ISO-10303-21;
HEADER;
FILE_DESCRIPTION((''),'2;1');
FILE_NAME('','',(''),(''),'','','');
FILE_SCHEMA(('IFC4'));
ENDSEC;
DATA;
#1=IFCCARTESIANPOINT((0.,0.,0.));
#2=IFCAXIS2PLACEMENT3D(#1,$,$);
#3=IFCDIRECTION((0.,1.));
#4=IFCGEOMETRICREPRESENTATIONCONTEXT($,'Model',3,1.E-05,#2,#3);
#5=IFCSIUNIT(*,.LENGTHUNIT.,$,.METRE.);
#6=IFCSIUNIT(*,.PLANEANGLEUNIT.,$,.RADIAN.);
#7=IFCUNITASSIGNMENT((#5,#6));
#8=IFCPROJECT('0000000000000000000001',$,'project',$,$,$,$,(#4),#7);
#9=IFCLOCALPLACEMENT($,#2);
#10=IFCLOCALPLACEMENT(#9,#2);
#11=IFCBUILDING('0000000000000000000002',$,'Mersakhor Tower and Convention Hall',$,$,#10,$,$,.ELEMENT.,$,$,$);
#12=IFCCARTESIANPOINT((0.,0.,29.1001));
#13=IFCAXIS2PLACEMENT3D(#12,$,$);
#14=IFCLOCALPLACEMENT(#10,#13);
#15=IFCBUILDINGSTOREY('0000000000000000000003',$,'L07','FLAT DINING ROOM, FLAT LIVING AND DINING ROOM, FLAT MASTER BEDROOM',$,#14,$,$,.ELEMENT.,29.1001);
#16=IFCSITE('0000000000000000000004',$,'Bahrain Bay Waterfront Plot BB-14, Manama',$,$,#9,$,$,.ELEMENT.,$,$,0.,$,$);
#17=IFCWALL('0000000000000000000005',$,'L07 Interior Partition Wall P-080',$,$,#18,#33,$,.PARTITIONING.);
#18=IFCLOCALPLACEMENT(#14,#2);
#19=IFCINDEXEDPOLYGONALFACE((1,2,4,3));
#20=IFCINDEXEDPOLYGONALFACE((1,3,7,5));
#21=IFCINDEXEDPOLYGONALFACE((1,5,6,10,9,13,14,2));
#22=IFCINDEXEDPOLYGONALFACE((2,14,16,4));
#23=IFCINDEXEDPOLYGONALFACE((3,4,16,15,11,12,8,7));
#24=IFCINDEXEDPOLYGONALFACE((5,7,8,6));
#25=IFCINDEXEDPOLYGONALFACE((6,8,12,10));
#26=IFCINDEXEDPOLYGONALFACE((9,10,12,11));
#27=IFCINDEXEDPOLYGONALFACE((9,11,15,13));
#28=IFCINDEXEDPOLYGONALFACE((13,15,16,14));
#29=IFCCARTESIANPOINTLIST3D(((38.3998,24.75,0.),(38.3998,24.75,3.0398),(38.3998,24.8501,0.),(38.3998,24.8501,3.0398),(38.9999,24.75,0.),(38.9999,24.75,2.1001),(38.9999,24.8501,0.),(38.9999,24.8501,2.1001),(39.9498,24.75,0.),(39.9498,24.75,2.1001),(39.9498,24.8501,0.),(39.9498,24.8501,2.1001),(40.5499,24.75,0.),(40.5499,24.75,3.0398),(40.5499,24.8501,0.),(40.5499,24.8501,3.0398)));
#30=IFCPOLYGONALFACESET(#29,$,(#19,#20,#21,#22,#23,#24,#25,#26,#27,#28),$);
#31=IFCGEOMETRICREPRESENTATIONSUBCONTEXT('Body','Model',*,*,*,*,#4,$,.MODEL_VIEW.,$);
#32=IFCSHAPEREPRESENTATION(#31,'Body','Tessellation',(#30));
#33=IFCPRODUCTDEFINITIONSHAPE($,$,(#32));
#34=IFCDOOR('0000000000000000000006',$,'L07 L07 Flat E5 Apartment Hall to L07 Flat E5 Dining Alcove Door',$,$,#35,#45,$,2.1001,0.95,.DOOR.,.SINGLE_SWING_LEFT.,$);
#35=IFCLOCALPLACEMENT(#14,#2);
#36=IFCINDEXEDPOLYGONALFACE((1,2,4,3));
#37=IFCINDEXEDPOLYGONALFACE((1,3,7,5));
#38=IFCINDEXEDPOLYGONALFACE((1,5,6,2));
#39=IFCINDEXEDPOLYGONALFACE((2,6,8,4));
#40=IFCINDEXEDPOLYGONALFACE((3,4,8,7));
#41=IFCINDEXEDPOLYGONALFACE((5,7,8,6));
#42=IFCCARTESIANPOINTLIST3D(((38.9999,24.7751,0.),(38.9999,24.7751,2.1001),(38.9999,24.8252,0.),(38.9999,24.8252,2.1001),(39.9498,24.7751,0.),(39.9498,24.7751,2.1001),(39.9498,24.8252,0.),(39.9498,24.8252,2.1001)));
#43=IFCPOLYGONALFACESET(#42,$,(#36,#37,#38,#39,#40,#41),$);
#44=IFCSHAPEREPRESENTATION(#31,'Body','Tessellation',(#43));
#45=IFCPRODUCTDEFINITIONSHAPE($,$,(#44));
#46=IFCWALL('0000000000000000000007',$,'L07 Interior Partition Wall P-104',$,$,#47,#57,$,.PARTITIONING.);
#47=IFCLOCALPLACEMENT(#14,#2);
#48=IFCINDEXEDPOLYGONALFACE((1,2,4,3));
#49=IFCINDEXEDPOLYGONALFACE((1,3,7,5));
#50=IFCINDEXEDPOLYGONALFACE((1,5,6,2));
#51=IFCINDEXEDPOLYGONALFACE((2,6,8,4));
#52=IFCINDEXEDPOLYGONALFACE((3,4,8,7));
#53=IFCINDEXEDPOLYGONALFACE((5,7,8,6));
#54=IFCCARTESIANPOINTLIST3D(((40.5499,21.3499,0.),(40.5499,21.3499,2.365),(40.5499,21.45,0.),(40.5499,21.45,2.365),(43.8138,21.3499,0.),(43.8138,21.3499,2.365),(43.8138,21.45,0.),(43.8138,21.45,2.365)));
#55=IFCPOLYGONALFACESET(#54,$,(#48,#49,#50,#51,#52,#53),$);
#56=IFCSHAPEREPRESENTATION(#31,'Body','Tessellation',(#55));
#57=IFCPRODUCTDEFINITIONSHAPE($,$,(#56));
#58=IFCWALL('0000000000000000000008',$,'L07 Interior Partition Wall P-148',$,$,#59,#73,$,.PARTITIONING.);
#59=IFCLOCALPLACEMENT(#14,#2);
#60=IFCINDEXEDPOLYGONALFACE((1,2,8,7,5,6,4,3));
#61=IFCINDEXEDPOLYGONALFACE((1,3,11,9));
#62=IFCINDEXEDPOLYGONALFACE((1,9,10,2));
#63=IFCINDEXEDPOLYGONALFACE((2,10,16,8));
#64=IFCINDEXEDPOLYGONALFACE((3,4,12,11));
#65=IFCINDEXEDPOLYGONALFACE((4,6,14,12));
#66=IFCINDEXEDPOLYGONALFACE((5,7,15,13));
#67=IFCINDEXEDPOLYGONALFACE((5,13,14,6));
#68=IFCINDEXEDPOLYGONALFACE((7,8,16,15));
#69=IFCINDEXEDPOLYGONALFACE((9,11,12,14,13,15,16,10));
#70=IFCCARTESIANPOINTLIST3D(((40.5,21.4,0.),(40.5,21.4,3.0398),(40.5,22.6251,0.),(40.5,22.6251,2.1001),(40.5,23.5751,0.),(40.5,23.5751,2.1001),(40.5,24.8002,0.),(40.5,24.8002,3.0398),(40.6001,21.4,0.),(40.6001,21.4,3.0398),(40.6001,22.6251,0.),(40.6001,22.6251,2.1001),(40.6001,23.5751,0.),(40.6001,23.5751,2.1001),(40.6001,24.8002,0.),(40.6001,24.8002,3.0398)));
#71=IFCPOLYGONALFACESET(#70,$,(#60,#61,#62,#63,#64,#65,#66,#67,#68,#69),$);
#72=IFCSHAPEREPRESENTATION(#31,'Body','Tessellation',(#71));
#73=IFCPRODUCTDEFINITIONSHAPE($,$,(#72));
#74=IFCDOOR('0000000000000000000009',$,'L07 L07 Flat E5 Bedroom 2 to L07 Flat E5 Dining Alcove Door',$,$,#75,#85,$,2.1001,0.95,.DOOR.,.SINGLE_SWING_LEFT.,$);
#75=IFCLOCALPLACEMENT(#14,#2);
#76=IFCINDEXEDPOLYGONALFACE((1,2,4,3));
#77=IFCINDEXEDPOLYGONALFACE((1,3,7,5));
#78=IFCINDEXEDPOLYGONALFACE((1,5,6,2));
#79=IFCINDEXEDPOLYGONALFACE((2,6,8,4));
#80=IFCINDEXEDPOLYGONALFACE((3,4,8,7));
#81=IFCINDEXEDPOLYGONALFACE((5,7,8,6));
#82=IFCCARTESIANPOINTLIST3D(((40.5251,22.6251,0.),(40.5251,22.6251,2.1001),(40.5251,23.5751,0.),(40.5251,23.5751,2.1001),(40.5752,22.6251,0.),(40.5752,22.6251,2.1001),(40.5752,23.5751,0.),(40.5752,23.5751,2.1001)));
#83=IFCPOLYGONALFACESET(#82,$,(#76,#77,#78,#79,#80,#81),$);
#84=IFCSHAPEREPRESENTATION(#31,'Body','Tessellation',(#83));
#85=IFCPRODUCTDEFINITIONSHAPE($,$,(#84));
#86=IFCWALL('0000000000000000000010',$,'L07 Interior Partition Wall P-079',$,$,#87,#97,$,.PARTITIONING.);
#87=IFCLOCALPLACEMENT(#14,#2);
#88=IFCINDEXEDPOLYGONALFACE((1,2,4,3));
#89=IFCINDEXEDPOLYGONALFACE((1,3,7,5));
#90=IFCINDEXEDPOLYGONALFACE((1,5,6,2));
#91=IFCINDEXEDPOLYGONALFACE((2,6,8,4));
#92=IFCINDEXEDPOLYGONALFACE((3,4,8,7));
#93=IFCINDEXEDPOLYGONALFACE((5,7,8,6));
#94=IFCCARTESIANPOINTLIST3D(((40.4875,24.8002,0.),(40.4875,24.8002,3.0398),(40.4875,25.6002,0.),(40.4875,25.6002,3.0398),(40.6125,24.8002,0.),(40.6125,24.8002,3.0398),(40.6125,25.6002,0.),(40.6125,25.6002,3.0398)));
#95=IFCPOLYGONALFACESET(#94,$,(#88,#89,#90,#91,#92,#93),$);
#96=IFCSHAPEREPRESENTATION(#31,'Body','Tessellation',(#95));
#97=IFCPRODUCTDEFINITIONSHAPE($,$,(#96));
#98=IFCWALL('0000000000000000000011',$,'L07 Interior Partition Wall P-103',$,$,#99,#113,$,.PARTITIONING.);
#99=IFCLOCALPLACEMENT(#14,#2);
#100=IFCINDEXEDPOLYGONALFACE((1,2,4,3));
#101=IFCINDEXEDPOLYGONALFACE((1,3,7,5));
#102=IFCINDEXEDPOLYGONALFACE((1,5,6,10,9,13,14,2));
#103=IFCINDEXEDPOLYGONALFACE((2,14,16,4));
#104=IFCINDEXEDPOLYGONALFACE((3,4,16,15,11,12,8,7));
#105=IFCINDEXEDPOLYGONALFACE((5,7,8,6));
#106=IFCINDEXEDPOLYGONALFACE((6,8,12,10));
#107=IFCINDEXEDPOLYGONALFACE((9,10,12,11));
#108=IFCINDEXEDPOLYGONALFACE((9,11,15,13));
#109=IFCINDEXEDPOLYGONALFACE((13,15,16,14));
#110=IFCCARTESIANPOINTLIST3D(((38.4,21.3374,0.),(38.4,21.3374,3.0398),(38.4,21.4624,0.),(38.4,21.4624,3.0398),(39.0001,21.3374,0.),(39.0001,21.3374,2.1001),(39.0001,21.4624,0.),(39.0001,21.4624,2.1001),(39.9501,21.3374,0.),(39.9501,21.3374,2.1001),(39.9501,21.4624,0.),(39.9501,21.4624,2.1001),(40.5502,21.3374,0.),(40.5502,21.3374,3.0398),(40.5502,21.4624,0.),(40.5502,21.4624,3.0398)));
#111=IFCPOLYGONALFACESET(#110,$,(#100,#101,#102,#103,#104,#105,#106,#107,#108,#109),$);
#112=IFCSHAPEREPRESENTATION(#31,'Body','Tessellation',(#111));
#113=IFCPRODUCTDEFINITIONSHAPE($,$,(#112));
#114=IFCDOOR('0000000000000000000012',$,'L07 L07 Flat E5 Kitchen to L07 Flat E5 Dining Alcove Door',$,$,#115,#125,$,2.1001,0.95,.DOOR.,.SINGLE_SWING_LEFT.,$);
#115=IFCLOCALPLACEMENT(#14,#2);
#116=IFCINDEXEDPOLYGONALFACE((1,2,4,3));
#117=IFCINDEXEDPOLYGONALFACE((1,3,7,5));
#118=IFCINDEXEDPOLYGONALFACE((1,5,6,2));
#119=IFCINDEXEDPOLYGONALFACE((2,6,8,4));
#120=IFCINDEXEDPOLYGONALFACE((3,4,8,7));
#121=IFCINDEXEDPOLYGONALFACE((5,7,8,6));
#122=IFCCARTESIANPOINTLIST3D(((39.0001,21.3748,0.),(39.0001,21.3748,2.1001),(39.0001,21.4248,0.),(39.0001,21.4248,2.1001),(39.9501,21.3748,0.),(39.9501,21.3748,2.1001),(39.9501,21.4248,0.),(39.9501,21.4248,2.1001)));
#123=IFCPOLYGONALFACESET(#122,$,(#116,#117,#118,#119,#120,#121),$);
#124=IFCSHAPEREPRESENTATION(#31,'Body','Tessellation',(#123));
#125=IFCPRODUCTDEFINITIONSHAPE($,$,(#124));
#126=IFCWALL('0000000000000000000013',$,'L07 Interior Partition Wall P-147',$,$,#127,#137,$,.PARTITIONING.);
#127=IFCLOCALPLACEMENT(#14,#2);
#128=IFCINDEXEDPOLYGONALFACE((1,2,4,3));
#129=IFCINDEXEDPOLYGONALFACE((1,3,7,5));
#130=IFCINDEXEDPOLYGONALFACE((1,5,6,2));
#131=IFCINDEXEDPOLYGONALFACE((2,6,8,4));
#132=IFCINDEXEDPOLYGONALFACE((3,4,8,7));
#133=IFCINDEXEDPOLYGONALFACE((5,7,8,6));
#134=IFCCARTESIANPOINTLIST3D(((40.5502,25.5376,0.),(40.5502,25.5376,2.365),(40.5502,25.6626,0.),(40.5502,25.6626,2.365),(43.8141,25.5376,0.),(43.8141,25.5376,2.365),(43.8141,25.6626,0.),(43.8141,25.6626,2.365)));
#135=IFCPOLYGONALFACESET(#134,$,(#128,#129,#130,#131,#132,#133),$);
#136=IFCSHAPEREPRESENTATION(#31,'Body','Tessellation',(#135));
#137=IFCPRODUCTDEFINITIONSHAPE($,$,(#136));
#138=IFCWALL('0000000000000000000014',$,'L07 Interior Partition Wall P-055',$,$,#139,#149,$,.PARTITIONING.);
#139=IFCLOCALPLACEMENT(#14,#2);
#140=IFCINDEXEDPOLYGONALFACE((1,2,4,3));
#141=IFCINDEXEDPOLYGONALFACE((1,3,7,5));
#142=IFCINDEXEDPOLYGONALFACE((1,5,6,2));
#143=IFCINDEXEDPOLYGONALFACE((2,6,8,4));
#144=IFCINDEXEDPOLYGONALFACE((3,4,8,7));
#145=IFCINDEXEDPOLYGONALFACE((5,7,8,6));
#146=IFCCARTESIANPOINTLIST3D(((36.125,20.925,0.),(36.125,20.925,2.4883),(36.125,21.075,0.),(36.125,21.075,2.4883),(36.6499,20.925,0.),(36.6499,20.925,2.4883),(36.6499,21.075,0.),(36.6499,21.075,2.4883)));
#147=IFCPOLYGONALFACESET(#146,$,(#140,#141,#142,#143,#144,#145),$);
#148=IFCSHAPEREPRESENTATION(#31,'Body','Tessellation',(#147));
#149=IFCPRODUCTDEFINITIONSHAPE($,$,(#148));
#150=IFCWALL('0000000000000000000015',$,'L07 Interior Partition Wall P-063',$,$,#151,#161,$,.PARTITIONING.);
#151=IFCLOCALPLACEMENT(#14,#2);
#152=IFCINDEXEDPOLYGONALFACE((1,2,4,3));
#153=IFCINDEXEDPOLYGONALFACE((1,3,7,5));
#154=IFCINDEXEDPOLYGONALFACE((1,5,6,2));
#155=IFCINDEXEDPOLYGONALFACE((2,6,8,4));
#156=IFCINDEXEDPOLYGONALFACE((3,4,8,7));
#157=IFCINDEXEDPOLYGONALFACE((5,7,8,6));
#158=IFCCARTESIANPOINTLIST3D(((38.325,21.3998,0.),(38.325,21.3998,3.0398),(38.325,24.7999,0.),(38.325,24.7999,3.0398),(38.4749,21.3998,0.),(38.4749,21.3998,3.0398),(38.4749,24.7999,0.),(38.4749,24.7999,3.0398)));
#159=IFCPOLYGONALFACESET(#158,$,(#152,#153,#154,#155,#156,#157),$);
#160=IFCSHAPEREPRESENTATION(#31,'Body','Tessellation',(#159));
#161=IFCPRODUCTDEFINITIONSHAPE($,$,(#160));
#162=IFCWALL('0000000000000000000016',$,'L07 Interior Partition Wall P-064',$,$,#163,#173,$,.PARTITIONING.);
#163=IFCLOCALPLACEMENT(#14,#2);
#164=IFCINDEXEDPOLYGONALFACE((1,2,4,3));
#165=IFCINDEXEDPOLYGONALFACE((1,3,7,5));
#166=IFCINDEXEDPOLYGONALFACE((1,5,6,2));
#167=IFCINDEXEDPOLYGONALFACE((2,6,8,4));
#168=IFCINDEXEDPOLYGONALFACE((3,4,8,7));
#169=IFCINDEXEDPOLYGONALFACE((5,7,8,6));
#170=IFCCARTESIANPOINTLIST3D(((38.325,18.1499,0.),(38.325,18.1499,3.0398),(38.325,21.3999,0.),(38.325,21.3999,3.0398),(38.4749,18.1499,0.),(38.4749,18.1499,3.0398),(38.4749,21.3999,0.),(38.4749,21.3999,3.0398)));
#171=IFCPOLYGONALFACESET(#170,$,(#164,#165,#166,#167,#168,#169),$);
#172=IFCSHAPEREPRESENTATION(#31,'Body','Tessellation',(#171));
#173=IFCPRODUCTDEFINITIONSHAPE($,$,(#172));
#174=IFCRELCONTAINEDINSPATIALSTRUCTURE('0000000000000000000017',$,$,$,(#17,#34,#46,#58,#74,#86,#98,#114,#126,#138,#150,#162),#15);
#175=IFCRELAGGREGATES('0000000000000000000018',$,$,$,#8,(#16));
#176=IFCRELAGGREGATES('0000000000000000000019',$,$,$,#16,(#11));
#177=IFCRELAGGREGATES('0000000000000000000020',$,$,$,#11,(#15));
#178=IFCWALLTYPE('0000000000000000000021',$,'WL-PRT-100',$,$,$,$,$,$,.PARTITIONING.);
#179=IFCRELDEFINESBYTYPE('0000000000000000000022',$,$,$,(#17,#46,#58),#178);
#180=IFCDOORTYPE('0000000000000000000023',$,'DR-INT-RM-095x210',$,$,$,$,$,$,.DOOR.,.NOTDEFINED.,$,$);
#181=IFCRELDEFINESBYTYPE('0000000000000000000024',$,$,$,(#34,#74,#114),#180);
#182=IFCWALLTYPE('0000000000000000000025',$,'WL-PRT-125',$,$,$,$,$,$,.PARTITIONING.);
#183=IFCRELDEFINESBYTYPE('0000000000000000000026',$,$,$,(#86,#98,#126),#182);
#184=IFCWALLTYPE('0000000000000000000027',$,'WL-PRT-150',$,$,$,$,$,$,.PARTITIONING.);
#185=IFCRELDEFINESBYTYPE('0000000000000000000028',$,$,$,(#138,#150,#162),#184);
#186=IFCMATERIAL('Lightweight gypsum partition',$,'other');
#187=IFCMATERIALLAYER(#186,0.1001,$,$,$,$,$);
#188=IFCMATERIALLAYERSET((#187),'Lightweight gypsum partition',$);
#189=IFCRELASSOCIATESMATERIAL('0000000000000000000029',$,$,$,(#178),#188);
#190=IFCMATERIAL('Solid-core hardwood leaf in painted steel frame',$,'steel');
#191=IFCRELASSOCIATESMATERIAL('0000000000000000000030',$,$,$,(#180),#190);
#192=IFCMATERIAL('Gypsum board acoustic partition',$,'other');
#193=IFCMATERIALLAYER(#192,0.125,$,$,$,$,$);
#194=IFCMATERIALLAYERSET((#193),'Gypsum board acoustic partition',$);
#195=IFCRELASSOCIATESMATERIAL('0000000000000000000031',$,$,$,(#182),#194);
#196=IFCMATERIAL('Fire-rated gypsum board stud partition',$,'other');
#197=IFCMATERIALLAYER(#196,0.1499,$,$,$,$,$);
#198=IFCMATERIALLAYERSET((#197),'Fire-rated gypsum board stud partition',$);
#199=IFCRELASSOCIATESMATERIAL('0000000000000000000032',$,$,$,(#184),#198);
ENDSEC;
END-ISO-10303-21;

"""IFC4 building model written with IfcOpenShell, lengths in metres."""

from ifc_helpers import new_model, si_unit, direction, frame, frame_2d, origin, place, context, subcontext, project, spatial, rectangle, extrude, material, layer, layer_set, type_object, element, fill, save


model = new_model("IFC4")

# Units and contexts
model_context = context("Model", 3, precision=1e-05, world=origin(), true_north=direction((0.0, 1.0)))
body_context = subcontext(model_context, "Body", "Model", "MODEL_VIEW")
ifc_project = project(units=[si_unit("LENGTHUNIT", "METRE"), si_unit("PLANEANGLEUNIT", "RADIAN")], contexts=[model_context])

# Site, building, storey
site_placement = place(None, origin())
site = spatial("IfcSite", under=ifc_project, at=site_placement, Name="Bahrain Bay Waterfront Plot BB-14, Manama", CompositionType="ELEMENT", RefElevation=0.0)
building_placement = place(site_placement, origin())
building = spatial("IfcBuilding", under=site, at=building_placement, Name="Mersakhor Tower and Convention Hall", CompositionType="ELEMENT")
storey_placement = place(building_placement, frame((0.0, 0.0, 29.1001)))
storey = spatial("IfcBuildingStorey", under=building, at=storey_placement, Name="L07", Description="FLAT DINING ROOM, FLAT LIVING AND DINING ROOM, FLAT MASTER BEDROOM", CompositionType="ELEMENT", Elevation=29.1001)

# Wall, opening, door
ifc_material_1 = material(Name="Lightweight gypsum partition", Category="other")
ifc_layer_1 = layer(ifc_material_1, 0.1001)
ifc_layer_set_1 = layer_set([ifc_layer_1], Name="Lightweight gypsum partition")
wall_type_1 = type_object("IfcWallType", Name="WL-PRT-100", PredefinedType="PARTITIONING", material=ifc_layer_set_1)
wall_1_placement = place(storey_placement, frame((40.55, 24.8, 0.0), z_axis=(0.0, 0.0, 1.0), x_axis=(-1.0, 0.0, 0.0)))
wall_1 = element("IfcWall", 1, at=wall_1_placement, inside=storey, type_object=wall_type_1, Name="L07 Interior Partition Wall P-080", PredefinedType="PARTITIONING", context=body_context, shape_type="SweptSolid", body=[
    extrude(rectangle(XDim=2.1501, YDim=0.1001, at=frame_2d((1.0752, 0.0))), origin(), (0.0, 0.0, 1.0), 3.0398),
])
opening_1_placement = place(wall_1_placement, frame((0.6001, 0.0, 0.0)))
opening_1 = element("IfcOpeningElement", 2, at=opening_1_placement, cuts=wall_1, PredefinedType="OPENING", context=body_context, shape_type="SweptSolid", body=[
    extrude(rectangle(XDim=0.95, YDim=2.1001, at=frame_2d((0.4751, 1.05))), frame((0.0, 0.0601, 0.0), z_axis=(0.0, -1.0, 0.0), x_axis=(1.0, 0.0, 0.0)), (0.0, 0.0, 1.0), 0.1201),
])
ifc_material_2 = material(Name="Solid-core hardwood leaf in painted steel frame", Category="steel")
door_type = type_object("IfcDoorType", Name="DR-INT-RM-095x210", OperationType="NOTDEFINED", PredefinedType="DOOR", material=ifc_material_2)
door_1_placement = place(opening_1_placement, origin())
door_1 = element("IfcDoor", 3, at=door_1_placement, inside=storey, type_object=door_type, Name="L07 L07 Flat E5 Apartment Hall to L07 Flat E5 Dining Alcove Door", OperationType="SINGLE_SWING_LEFT", OverallHeight=2.1001, OverallWidth=0.95, PredefinedType="DOOR", context=body_context, shape_type="SweptSolid", body=[
    extrude(rectangle(XDim=0.95, YDim=2.1001, at=frame_2d((0.4751, 1.05))), frame((0.0, 0.0249, 0.0), z_axis=(0.0, -1.0, 0.0), x_axis=(1.0, 0.0, 0.0)), (0.0, 0.0, 1.0), 0.05),
])
fill(opening_1, door_1)

# Wall
wall_2_placement = place(storey_placement, frame((40.55, 21.3999, 0.0), z_axis=(0.0, 0.0, 1.0), x_axis=(1.0, 0.0, 0.0)))
element("IfcWall", 4, at=wall_2_placement, inside=storey, type_object=wall_type_1, Name="L07 Interior Partition Wall P-104", PredefinedType="PARTITIONING", context=body_context, shape_type="SweptSolid", body=[
    extrude(rectangle(XDim=3.2639, YDim=0.1001, at=frame_2d((1.6318, 0.0))), origin(), (0.0, 0.0, 1.0), 2.365),
])

# Wall, opening, door
wall_3_placement = place(storey_placement, frame((40.55, 21.3999, 0.0), z_axis=(0.0, 0.0, 1.0), x_axis=(0.0, 1.0, 0.0)))
wall_3 = element("IfcWall", 5, at=wall_3_placement, inside=storey, type_object=wall_type_1, Name="L07 Interior Partition Wall P-148", PredefinedType="PARTITIONING", context=body_context, shape_type="SweptSolid", body=[
    extrude(rectangle(XDim=3.4001, YDim=0.1001, at=frame_2d((1.7002, 0.0))), origin(), (0.0, 0.0, 1.0), 3.0398),
])
opening_2_placement = place(wall_3_placement, frame((1.2251, 0.0, 0.0)))
opening_2 = element("IfcOpeningElement", 6, at=opening_2_placement, cuts=wall_3, PredefinedType="OPENING", context=body_context, shape_type="SweptSolid", body=[
    extrude(rectangle(XDim=0.95, YDim=2.1001, at=frame_2d((0.4751, 1.05))), frame((0.0, 0.0601, 0.0), z_axis=(0.0, -1.0, 0.0), x_axis=(1.0, 0.0, 0.0)), (0.0, 0.0, 1.0), 0.1201),
])
door_2_placement = place(opening_2_placement, origin())
door_2 = element("IfcDoor", 7, at=door_2_placement, inside=storey, type_object=door_type, Name="L07 L07 Flat E5 Bedroom 2 to L07 Flat E5 Dining Alcove Door", OperationType="SINGLE_SWING_LEFT", OverallHeight=2.1001, OverallWidth=0.95, PredefinedType="DOOR", context=body_context, shape_type="SweptSolid", body=[
    extrude(rectangle(XDim=0.95, YDim=2.1001, at=frame_2d((0.4751, 1.05))), frame((0.0, 0.0249, 0.0), z_axis=(0.0, -1.0, 0.0), x_axis=(1.0, 0.0, 0.0)), (0.0, 0.0, 1.0), 0.05),
])
fill(opening_2, door_2)

# Wall
ifc_material_3 = material(Name="Gypsum board acoustic partition", Category="other")
ifc_layer_2 = layer(ifc_material_3, 0.125)
ifc_layer_set_2 = layer_set([ifc_layer_2], Name="Gypsum board acoustic partition")
wall_type_2 = type_object("IfcWallType", Name="WL-PRT-125", PredefinedType="PARTITIONING", material=ifc_layer_set_2)
wall_4_placement = place(storey_placement, frame((40.55, 25.6001, 0.0), z_axis=(0.0, 0.0, 1.0), x_axis=(0.0, -1.0, 0.0)))
element("IfcWall", 8, at=wall_4_placement, inside=storey, type_object=wall_type_2, Name="L07 Interior Partition Wall P-079", PredefinedType="PARTITIONING", context=body_context, shape_type="SweptSolid", body=[
    extrude(rectangle(XDim=0.8, YDim=0.125, at=frame_2d((0.3999, 0.0))), origin(), (0.0, 0.0, 1.0), 3.0398),
])

# Wall, opening, door
wall_5_placement = place(storey_placement, frame((38.3999, 21.3999, 0.0), z_axis=(0.0, 0.0, 1.0), x_axis=(1.0, 0.0, 0.0)))
wall_5 = element("IfcWall", 9, at=wall_5_placement, inside=storey, type_object=wall_type_2, Name="L07 Interior Partition Wall P-103", PredefinedType="PARTITIONING", context=body_context, shape_type="SweptSolid", body=[
    extrude(rectangle(XDim=2.1501, YDim=0.125, at=frame_2d((1.0752, 0.0))), origin(), (0.0, 0.0, 1.0), 3.0398),
])
opening_3_placement = place(wall_5_placement, frame((0.6001, 0.0, 0.0)))
opening_3 = element("IfcOpeningElement", 10, at=opening_3_placement, cuts=wall_5, PredefinedType="OPENING", context=body_context, shape_type="SweptSolid", body=[
    extrude(rectangle(XDim=0.95, YDim=2.1001, at=frame_2d((0.4751, 1.05))), frame((0.0, 0.0725, 0.0), z_axis=(0.0, -1.0, 0.0), x_axis=(1.0, 0.0, 0.0)), (0.0, 0.0, 1.0), 0.145),
])
door_3_placement = place(opening_3_placement, origin())
door_3 = element("IfcDoor", 11, at=door_3_placement, inside=storey, type_object=door_type, Name="L07 L07 Flat E5 Kitchen to L07 Flat E5 Dining Alcove Door", OperationType="SINGLE_SWING_LEFT", OverallHeight=2.1001, OverallWidth=0.95, PredefinedType="DOOR", context=body_context, shape_type="SweptSolid", body=[
    extrude(rectangle(XDim=0.95, YDim=2.1001, at=frame_2d((0.4751, 1.05))), frame((0.0, 0.0249, 0.0), z_axis=(0.0, -1.0, 0.0), x_axis=(1.0, 0.0, 0.0)), (0.0, 0.0, 1.0), 0.05),
])
fill(opening_3, door_3)

# Walls
wall_6_placement = place(storey_placement, frame((43.814, 25.6001, 0.0), z_axis=(0.0, 0.0, 1.0), x_axis=(-1.0, 0.0, 0.0)))
element("IfcWall", 12, at=wall_6_placement, inside=storey, type_object=wall_type_2, Name="L07 Interior Partition Wall P-147", PredefinedType="PARTITIONING", context=body_context, shape_type="SweptSolid", body=[
    extrude(rectangle(XDim=3.2639, YDim=0.125, at=frame_2d((1.6318, 0.0))), origin(), (0.0, 0.0, 1.0), 2.365),
])
ifc_material_4 = material(Name="Fire-rated gypsum board stud partition", Category="other")
ifc_layer_3 = layer(ifc_material_4, 0.1499)
ifc_layer_set_3 = layer_set([ifc_layer_3], Name="Fire-rated gypsum board stud partition")
wall_type_3 = type_object("IfcWallType", Name="WL-PRT-150", PredefinedType="PARTITIONING", material=ifc_layer_set_3)
wall_7_placement = place(storey_placement, frame((36.6499, 21.0, 0.0), z_axis=(0.0, 0.0, 1.0), x_axis=(-1.0, 0.0, 0.0)))
element("IfcWall", 13, at=wall_7_placement, inside=storey, type_object=wall_type_3, Name="L07 Interior Partition Wall P-055", PredefinedType="PARTITIONING", context=body_context, shape_type="SweptSolid", body=[
    extrude(rectangle(XDim=0.5249, YDim=0.1499, at=frame_2d((0.2625, 0.0))), origin(), (0.0, 0.0, 1.0), 2.4883),
])
wall_8_placement = place(storey_placement, frame((38.3999, 24.8, 0.0), z_axis=(0.0, 0.0, 1.0), x_axis=(0.0, -1.0, 0.0)))
element("IfcWall", 14, at=wall_8_placement, inside=storey, type_object=wall_type_3, Name="L07 Interior Partition Wall P-063", PredefinedType="PARTITIONING", context=body_context, shape_type="SweptSolid", body=[
    extrude(rectangle(XDim=3.4001, YDim=0.1499, at=frame_2d((1.7002, 0.0))), origin(), (0.0, 0.0, 1.0), 3.0398),
])
wall_9_placement = place(storey_placement, frame((38.3999, 21.3999, 0.0), z_axis=(0.0, 0.0, 1.0), x_axis=(0.0, -1.0, 0.0)))
element("IfcWall", 15, at=wall_9_placement, inside=storey, type_object=wall_type_3, Name="L07 Interior Partition Wall P-064", PredefinedType="PARTITIONING", context=body_context, shape_type="SweptSolid", body=[
    extrude(rectangle(XDim=3.25, YDim=0.1499, at=frame_2d((1.625, 0.0))), origin(), (0.0, 0.0, 1.0), 3.0398),
])

save(model, "model.ifc")
